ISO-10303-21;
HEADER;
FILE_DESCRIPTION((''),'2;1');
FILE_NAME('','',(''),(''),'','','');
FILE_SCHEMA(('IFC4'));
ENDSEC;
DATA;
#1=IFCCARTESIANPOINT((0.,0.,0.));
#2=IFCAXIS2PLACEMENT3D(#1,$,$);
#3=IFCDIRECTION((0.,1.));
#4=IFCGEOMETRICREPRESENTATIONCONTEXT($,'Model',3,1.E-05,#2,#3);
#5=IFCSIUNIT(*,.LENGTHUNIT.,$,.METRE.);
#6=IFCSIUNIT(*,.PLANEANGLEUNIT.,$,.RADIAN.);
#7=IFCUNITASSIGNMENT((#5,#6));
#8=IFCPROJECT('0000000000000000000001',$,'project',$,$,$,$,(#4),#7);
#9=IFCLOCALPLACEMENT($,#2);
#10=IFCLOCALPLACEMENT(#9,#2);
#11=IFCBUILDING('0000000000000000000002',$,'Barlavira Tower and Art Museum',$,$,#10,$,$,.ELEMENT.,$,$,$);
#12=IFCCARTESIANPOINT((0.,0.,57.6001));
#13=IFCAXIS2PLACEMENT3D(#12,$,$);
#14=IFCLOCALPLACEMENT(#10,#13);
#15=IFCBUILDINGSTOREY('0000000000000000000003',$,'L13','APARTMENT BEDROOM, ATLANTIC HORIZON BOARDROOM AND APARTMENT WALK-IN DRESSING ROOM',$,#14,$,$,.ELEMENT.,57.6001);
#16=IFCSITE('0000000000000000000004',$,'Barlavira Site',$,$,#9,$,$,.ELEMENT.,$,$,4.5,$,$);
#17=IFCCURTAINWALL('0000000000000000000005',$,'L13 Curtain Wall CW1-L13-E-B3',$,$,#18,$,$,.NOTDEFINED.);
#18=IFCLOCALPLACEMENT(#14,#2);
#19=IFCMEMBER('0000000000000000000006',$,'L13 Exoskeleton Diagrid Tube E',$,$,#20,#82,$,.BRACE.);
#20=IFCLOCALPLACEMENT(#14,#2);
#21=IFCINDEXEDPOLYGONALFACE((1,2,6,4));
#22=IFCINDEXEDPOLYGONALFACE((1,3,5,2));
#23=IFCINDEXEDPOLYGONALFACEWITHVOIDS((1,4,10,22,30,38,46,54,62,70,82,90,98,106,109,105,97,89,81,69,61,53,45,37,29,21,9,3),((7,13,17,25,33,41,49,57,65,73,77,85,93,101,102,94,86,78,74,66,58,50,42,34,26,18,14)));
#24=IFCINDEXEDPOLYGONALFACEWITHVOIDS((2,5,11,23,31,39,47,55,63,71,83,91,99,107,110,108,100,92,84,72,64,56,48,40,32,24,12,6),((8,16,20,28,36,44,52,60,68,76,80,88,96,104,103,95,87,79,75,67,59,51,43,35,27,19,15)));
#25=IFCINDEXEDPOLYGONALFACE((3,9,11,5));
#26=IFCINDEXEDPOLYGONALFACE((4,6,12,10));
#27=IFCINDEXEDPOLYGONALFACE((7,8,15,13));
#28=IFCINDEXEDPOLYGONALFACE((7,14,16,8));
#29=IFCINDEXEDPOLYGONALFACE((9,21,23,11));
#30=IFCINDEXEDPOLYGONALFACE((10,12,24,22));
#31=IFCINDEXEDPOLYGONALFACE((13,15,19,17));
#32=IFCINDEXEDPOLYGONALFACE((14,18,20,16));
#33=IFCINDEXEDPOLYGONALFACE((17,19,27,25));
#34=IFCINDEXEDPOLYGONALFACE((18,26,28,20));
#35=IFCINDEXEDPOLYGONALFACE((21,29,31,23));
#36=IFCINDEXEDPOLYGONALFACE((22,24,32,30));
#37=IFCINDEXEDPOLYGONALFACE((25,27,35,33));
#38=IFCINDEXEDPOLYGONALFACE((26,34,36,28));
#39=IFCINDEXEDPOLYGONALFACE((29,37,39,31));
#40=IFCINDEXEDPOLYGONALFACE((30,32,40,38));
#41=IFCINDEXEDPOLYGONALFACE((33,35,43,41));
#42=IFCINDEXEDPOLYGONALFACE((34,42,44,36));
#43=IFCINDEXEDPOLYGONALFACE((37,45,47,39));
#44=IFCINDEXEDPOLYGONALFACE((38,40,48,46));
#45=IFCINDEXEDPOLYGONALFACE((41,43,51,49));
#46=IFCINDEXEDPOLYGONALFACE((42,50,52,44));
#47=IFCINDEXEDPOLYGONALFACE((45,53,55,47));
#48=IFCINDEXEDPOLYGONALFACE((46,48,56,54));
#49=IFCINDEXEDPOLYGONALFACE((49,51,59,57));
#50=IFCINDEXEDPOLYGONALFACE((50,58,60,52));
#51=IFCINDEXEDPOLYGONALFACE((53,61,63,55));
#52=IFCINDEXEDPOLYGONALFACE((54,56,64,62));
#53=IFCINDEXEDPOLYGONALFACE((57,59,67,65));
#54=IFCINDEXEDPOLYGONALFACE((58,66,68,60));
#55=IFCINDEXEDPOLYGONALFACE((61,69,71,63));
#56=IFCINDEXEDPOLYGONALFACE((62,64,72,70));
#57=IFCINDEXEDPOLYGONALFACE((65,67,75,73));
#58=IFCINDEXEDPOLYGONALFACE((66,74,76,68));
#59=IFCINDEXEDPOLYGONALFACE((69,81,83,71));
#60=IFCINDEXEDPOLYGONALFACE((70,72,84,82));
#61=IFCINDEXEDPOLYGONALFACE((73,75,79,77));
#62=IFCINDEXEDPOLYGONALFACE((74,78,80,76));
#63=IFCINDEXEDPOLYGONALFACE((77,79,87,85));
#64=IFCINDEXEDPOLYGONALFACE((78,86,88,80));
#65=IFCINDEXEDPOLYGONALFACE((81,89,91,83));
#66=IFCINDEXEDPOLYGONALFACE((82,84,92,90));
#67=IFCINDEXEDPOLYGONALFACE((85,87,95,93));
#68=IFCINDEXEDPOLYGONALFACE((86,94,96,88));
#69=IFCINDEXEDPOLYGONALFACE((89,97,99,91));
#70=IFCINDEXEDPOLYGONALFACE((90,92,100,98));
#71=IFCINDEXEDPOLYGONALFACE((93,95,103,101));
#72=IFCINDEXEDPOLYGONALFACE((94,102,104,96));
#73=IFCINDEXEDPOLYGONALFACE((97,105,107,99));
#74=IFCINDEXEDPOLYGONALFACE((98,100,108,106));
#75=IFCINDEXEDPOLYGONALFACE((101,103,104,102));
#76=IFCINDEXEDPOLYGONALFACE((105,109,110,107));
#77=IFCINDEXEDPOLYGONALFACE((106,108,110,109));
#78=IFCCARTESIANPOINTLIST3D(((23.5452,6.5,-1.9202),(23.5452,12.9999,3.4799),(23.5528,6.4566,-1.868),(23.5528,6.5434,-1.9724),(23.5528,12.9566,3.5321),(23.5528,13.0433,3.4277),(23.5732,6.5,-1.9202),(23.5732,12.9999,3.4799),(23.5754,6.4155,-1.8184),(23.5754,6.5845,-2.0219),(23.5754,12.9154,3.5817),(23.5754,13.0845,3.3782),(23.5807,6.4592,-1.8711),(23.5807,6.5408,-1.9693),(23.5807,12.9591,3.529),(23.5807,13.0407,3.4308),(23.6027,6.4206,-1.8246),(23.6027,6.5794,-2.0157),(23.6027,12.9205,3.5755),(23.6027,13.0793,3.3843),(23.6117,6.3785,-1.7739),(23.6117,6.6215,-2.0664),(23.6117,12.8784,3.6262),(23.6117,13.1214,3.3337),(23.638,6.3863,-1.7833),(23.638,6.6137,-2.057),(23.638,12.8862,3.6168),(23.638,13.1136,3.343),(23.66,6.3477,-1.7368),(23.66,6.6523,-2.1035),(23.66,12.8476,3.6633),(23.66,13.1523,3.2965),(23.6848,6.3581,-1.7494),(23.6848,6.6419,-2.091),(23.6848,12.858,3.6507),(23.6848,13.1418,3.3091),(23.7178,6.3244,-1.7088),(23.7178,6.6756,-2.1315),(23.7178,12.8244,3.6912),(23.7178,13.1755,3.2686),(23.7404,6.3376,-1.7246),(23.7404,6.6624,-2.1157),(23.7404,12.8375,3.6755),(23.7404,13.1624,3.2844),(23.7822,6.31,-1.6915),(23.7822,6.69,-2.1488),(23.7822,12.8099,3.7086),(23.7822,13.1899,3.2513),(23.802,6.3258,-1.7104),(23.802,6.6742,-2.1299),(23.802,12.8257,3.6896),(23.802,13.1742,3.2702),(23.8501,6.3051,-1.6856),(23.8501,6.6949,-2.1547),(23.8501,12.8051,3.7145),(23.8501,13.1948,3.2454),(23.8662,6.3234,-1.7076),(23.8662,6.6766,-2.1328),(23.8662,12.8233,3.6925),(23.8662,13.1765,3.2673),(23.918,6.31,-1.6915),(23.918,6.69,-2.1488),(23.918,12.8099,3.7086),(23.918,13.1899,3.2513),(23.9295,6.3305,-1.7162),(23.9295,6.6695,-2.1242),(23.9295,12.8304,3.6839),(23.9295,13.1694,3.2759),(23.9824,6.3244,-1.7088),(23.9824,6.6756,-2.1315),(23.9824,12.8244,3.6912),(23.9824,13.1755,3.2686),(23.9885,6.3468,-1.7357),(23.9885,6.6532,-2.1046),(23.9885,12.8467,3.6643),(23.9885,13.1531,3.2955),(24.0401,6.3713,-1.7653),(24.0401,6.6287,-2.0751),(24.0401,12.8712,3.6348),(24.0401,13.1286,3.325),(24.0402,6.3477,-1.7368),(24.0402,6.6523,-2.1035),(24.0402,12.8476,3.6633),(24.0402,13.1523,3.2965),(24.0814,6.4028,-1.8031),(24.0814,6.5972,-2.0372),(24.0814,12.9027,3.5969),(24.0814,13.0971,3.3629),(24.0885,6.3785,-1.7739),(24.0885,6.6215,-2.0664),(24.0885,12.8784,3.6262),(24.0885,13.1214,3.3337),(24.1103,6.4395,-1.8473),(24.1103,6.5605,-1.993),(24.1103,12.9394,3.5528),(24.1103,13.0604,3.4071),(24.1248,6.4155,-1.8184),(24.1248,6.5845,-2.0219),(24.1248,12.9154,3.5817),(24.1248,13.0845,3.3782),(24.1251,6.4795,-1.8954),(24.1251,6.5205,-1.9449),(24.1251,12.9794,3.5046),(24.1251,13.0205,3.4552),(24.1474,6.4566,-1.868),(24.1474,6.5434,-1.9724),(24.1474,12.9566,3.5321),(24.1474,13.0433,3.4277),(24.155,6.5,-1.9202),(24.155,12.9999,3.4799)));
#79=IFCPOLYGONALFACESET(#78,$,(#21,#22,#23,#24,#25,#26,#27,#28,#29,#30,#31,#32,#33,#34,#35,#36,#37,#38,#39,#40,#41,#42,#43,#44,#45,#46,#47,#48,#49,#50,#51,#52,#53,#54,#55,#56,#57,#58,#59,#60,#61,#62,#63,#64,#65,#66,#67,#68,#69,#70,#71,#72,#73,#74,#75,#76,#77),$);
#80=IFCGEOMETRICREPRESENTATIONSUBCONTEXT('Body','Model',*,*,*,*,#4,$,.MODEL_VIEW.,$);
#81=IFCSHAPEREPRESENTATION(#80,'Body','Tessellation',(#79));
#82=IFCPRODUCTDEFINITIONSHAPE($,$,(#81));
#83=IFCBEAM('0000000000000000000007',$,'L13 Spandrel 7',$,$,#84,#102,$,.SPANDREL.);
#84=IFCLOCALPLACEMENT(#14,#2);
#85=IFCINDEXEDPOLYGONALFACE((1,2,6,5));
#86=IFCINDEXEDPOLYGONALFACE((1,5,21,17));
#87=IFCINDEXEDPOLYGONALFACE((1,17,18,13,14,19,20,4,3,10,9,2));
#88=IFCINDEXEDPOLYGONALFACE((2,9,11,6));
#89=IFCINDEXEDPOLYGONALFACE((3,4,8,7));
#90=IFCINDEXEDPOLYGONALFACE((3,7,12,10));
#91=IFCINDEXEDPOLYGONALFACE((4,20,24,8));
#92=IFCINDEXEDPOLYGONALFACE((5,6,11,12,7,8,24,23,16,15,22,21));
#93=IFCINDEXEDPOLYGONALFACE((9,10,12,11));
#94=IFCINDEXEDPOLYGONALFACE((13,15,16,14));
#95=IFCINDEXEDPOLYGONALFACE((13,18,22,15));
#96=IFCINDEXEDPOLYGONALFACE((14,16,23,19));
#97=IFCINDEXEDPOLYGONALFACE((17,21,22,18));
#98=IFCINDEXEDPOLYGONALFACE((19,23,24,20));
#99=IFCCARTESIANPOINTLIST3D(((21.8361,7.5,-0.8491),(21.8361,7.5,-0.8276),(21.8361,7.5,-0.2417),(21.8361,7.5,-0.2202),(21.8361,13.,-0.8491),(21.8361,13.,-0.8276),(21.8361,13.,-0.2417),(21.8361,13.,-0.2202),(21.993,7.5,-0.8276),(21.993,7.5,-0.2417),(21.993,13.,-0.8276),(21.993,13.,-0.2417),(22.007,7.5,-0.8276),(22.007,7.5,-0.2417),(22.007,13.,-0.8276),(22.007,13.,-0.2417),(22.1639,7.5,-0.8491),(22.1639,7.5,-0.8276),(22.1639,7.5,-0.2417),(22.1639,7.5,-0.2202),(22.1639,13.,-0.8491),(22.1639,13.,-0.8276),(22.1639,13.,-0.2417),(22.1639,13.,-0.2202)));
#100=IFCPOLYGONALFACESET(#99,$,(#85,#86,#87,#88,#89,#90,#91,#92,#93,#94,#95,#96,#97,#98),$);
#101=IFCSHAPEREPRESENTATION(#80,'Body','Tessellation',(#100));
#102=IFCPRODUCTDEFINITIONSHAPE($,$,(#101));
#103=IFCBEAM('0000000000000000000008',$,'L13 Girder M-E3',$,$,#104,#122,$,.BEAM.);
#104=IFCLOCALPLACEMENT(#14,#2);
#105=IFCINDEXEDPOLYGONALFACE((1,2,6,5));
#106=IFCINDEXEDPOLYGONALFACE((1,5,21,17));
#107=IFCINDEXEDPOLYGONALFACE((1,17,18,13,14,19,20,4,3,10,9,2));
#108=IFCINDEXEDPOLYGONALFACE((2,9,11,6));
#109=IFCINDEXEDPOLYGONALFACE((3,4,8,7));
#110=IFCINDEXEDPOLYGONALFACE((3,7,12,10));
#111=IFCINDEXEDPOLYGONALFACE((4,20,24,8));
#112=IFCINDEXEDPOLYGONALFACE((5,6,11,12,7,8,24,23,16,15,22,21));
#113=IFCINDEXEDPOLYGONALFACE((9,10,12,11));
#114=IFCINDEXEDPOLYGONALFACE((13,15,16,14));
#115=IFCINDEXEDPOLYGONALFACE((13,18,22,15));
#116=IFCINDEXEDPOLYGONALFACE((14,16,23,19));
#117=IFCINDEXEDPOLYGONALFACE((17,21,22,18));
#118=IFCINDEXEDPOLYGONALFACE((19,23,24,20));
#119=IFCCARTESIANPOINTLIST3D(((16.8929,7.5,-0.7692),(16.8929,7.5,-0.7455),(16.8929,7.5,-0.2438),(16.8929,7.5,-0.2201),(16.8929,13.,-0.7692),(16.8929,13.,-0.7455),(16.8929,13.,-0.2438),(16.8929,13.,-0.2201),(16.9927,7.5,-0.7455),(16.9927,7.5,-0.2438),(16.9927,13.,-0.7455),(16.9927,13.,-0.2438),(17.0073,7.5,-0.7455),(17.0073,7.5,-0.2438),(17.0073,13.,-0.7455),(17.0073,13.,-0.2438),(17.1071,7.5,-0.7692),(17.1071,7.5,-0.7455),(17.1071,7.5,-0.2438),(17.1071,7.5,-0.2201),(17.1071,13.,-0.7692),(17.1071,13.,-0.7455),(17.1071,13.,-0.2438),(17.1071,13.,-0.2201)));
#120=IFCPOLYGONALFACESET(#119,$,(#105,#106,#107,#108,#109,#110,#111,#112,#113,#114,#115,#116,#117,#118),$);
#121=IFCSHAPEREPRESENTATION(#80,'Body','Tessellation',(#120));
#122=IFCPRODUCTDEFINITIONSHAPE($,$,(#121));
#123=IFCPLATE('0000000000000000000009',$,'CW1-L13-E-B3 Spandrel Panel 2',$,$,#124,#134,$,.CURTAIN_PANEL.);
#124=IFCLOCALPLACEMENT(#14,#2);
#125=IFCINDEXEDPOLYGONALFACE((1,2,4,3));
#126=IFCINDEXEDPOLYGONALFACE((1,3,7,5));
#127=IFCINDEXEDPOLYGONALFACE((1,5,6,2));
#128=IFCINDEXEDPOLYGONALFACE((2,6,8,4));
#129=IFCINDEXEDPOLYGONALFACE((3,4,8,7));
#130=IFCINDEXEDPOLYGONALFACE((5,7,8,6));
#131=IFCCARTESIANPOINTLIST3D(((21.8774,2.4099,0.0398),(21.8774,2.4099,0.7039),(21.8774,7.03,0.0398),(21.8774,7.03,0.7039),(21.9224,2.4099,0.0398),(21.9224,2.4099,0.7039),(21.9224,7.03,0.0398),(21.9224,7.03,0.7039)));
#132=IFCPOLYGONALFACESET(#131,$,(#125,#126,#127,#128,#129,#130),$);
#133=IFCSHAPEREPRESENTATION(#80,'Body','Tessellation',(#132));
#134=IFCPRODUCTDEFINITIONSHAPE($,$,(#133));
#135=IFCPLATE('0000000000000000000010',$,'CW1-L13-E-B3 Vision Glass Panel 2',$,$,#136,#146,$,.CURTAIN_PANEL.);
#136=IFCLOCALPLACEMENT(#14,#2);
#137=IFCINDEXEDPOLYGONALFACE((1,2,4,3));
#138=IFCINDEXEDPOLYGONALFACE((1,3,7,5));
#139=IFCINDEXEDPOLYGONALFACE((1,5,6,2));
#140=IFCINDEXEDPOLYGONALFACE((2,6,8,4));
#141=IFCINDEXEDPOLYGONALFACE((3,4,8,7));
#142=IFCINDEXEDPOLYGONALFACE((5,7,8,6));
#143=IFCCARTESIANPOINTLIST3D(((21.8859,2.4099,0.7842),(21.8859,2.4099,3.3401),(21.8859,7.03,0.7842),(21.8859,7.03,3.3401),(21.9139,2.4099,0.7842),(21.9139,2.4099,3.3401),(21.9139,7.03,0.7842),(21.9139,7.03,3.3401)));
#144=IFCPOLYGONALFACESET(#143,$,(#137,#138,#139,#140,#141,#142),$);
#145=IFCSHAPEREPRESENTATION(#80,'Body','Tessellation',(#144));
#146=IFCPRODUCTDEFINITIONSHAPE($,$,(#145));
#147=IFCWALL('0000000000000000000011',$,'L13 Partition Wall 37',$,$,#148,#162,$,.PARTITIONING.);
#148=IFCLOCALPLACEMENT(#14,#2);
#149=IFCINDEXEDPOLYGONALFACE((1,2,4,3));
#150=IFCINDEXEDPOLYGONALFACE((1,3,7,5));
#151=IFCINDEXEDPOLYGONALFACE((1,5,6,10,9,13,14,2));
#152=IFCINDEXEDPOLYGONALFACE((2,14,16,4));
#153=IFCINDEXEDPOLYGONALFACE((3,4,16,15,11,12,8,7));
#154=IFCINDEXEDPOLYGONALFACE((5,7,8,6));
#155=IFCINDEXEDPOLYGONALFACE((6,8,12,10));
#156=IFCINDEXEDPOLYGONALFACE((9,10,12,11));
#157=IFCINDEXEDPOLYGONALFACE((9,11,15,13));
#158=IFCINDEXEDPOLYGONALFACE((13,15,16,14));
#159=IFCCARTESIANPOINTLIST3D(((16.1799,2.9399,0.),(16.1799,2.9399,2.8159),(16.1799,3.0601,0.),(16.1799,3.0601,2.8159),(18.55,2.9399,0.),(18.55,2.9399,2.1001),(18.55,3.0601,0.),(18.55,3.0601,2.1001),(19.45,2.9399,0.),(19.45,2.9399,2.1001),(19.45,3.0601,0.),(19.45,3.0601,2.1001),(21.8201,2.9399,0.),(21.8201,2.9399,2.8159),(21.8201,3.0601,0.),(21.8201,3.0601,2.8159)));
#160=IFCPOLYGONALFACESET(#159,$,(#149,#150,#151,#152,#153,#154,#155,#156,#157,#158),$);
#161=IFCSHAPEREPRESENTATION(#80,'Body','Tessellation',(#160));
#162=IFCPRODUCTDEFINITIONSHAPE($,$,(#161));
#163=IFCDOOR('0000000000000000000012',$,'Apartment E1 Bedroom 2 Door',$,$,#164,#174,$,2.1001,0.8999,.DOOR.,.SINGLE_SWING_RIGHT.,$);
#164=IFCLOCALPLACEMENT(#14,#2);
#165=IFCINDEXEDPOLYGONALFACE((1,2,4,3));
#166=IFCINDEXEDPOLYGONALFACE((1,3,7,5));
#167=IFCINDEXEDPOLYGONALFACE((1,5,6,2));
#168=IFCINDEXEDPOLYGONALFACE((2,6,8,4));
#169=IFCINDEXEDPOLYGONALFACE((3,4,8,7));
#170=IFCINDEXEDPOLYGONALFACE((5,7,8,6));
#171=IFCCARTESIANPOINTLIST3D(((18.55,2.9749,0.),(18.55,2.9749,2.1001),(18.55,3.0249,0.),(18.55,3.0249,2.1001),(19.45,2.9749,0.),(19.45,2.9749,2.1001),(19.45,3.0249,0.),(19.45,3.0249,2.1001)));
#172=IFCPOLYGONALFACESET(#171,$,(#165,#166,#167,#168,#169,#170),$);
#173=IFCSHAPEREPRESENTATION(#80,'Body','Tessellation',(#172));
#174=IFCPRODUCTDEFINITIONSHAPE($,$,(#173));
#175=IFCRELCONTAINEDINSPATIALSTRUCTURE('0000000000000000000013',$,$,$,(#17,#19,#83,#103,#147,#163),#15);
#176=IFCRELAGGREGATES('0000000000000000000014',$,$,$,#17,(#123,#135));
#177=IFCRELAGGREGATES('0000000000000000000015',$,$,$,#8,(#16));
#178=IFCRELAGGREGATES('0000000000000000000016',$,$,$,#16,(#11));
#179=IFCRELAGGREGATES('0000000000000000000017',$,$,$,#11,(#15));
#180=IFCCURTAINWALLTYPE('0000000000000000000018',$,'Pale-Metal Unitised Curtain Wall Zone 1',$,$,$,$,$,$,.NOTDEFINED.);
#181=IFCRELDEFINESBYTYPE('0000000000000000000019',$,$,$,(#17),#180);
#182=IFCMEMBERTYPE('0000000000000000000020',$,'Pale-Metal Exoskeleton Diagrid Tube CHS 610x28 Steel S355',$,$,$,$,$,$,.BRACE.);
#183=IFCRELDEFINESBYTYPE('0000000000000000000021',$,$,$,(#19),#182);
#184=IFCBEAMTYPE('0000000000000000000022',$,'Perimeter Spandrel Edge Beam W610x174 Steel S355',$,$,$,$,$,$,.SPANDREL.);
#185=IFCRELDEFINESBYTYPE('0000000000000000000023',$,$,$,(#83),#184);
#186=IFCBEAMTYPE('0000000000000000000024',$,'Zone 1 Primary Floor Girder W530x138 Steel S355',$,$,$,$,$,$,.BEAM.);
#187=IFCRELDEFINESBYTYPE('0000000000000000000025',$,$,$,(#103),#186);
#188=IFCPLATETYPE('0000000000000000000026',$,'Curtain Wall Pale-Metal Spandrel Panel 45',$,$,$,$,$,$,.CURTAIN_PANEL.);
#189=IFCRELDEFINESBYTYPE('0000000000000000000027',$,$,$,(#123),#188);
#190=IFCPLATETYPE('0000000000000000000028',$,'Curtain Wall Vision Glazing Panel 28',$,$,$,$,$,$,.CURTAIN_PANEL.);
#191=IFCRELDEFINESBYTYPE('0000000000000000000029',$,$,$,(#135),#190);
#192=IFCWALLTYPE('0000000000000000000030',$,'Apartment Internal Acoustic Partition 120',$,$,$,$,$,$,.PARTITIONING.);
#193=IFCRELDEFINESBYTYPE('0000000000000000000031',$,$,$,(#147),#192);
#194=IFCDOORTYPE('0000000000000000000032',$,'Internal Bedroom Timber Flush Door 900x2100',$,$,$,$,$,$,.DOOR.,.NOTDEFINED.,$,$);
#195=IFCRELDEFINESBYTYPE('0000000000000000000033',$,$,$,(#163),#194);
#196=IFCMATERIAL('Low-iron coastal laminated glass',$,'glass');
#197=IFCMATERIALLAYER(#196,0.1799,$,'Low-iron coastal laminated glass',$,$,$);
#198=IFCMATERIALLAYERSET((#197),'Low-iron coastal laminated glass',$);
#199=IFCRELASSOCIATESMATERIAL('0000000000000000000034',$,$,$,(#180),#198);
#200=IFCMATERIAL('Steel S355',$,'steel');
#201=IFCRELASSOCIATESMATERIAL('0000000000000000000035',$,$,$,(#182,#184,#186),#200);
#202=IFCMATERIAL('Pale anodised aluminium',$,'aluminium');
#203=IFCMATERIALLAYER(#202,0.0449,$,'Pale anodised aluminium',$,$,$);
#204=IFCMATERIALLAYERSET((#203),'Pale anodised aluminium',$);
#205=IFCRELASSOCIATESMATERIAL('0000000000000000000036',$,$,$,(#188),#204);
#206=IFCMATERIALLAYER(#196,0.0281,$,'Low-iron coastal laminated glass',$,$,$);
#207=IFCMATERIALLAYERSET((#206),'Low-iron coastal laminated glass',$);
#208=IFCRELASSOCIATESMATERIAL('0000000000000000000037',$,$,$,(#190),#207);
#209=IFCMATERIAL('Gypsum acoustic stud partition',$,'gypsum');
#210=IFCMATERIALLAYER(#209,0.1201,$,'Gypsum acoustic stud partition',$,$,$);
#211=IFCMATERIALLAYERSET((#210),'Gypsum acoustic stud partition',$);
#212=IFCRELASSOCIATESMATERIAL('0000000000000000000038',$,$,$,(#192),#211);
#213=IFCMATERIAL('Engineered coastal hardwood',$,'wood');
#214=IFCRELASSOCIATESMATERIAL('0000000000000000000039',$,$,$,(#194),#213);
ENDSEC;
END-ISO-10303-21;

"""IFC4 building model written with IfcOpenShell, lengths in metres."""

from ifc_helpers import new_model, si_unit, direction, frame, frame_2d, origin, origin_2d, place, context, subcontext, project, spatial, rectangle, hollow_circle, i_section, extrude, material, layer, layer_set, material_profile, profile_set, type_object, element, fill, aggregate, save


model = new_model("IFC4")

# Units and contexts
model_context = context("Model", 3, precision=1e-05, world=origin(), true_north=direction((0.0, 1.0)))
body_context = subcontext(model_context, "Body", "Model", "MODEL_VIEW")
ifc_project = project(units=[si_unit("LENGTHUNIT", "METRE"), si_unit("PLANEANGLEUNIT", "RADIAN")], contexts=[model_context])

# Site, building, storey
site_placement = place(None, origin())
site = spatial("IfcSite", under=ifc_project, at=site_placement, Name="Barlavira Site", CompositionType="ELEMENT", RefElevation=4.5)
building_placement = place(site_placement, origin())
building = spatial("IfcBuilding", under=site, at=building_placement, Name="Barlavira Tower and Art Museum", CompositionType="ELEMENT")
storey_placement = place(building_placement, frame((0.0, 0.0, 57.6001)))
storey = spatial("IfcBuildingStorey", under=building, at=storey_placement, Name="L13", Description="APARTMENT BEDROOM, ATLANTIC HORIZON BOARDROOM AND APARTMENT WALK-IN DRESSING ROOM", CompositionType="ELEMENT", Elevation=57.6001)

# Curtain wall
ifc_material_1 = material(Name="Low-iron coastal laminated glass", Category="glass")
ifc_layer_1 = layer(ifc_material_1, 0.1799, Name="Low-iron coastal laminated glass")
ifc_layer_set_1 = layer_set([ifc_layer_1], Name="Low-iron coastal laminated glass")
curtain_wall_type = type_object("IfcCurtainWallType", Name="Pale-Metal Unitised Curtain Wall Zone 1", PredefinedType="NOTDEFINED", material=ifc_layer_set_1)
curtain_wall_placement = place(storey_placement, origin())
curtain_wall = element("IfcCurtainWall", 1, at=curtain_wall_placement, inside=storey, type_object=curtain_wall_type, Name="L13 Curtain Wall CW1-L13-E-B3", PredefinedType="NOTDEFINED")
ifc_material_2 = material(Name="Pale anodised aluminium", Category="aluminium")

# Member
ifc_material_3 = material(Name="Steel S355", Category="steel")
ifc_material_profile_1 = material_profile(ifc_material_3, hollow_circle(Radius=0.3049, WallThickness=0.0281, at=origin_2d()), Name="CHS 610.0x28.0")
ifc_profile_set_1 = profile_set([ifc_material_profile_1], Name="Steel S355")
member_type_1 = type_object("IfcMemberType", Name="Pale-Metal Exoskeleton Diagrid Tube CHS 610x28 Steel S355", PredefinedType="BRACE", material=ifc_profile_set_1)
for number, where, z_axis, x_axis, name in (
    (2, (23.8501, 6.5, -1.9202), (0.0, 0.769182, 0.63903), (-1.0, 0.0, 0.0), "L13 Exoskeleton Diagrid Tube E"),
):
    element("IfcMember", number, at=place(storey_placement, frame(where, z_axis=z_axis, x_axis=x_axis)), inside=storey, type_object=member_type_1, Name=name, PredefinedType="BRACE", context=body_context, shape_type="SweptSolid", body=[
        extrude(hollow_circle(Radius=0.3049, WallThickness=0.0281, at=origin_2d()), origin(), (0.0, 0.0, 1.0), 8.4504),
    ])

# Beams
ifc_material_profile_2 = material_profile(ifc_material_3, i_section(OverallWidth=0.3279, OverallDepth=0.6289, WebThickness=0.0139, FlangeThickness=0.0215, at=origin_2d()), Name="W610x174.0")
ifc_profile_set_2 = profile_set([ifc_material_profile_2], Name="Steel S355")
beam_type_1 = type_object("IfcBeamType", Name="Perimeter Spandrel Edge Beam W610x174 Steel S355", PredefinedType="SPANDREL", material=ifc_profile_set_2)
beam_1_placement = place(storey_placement, frame((22.0, 7.5, -0.5347), z_axis=(0.0, 1.0, 0.0), x_axis=(-1.0, 0.0, 0.0)))
element("IfcBeam", 3, at=beam_1_placement, inside=storey, type_object=beam_type_1, Name="L13 Spandrel 7", PredefinedType="SPANDREL", context=body_context, shape_type="SweptSolid", body=[
    extrude(i_section(OverallWidth=0.3279, OverallDepth=0.6289, WebThickness=0.0139, FlangeThickness=0.0215, at=origin_2d()), origin(), (0.0, 0.0, 1.0), 5.5),
])
ifc_material_profile_3 = material_profile(ifc_material_3, i_section(OverallWidth=0.2141, OverallDepth=0.5491, WebThickness=0.0146, FlangeThickness=0.0237, at=origin_2d()), Name="W530x138.0")
ifc_profile_set_3 = profile_set([ifc_material_profile_3], Name="Steel S355")
beam_type_2 = type_object("IfcBeamType", Name="Zone 1 Primary Floor Girder W530x138 Steel S355", PredefinedType="BEAM", material=ifc_profile_set_3)
beam_2_placement = place(storey_placement, frame((17.0, 7.5, -0.4946), z_axis=(0.0, 1.0, 0.0), x_axis=(-1.0, 0.0, 0.0)))
element("IfcBeam", 4, at=beam_2_placement, inside=storey, type_object=beam_type_2, Name="L13 Girder M-E3", PredefinedType="BEAM", context=body_context, shape_type="SweptSolid", body=[
    extrude(i_section(OverallWidth=0.2141, OverallDepth=0.5491, WebThickness=0.0146, FlangeThickness=0.0237, at=origin_2d()), origin(), (0.0, 0.0, 1.0), 5.5),
])

# Plates
ifc_layer_2 = layer(ifc_material_2, 0.0449, Name="Pale anodised aluminium")
ifc_layer_set_2 = layer_set([ifc_layer_2], Name="Pale anodised aluminium")
plate_type_1 = type_object("IfcPlateType", Name="Curtain Wall Pale-Metal Spandrel Panel 45", PredefinedType="CURTAIN_PANEL", material=ifc_layer_set_2)
plate_1_placement = place(storey_placement, frame((21.8999, 4.72, 0.0398), z_axis=(0.0, 0.0, 1.0), x_axis=(0.0, 1.0, 0.0)))
plate_1 = element("IfcPlate", 5, at=plate_1_placement, type_object=plate_type_1, Name="CW1-L13-E-B3 Spandrel Panel 2", PredefinedType="CURTAIN_PANEL", context=body_context, shape_type="SweptSolid", body=[
    extrude(rectangle(XDim=4.6201, YDim=0.0449, at=origin_2d()), origin(), (0.0, 0.0, 1.0), 0.6641),
])
ifc_layer_3 = layer(ifc_material_1, 0.0281, Name="Low-iron coastal laminated glass")
ifc_layer_set_3 = layer_set([ifc_layer_3], Name="Low-iron coastal laminated glass")
plate_type_2 = type_object("IfcPlateType", Name="Curtain Wall Vision Glazing Panel 28", PredefinedType="CURTAIN_PANEL", material=ifc_layer_set_3)
plate_2_placement = place(storey_placement, frame((21.8999, 4.72, 0.7842), z_axis=(0.0, 0.0, 1.0), x_axis=(0.0, 1.0, 0.0)))
plate_2 = element("IfcPlate", 6, at=plate_2_placement, type_object=plate_type_2, Name="CW1-L13-E-B3 Vision Glass Panel 2", PredefinedType="CURTAIN_PANEL", context=body_context, shape_type="SweptSolid", body=[
    extrude(rectangle(XDim=4.6201, YDim=0.0281, at=origin_2d()), origin(), (0.0, 0.0, 1.0), 2.5559),
])
aggregate(curtain_wall, [plate_1, plate_2])

# Wall, opening, door
ifc_material_4 = material(Name="Gypsum acoustic stud partition", Category="gypsum")
ifc_layer_4 = layer(ifc_material_4, 0.1201, Name="Gypsum acoustic stud partition")
ifc_layer_set_4 = layer_set([ifc_layer_4], Name="Gypsum acoustic stud partition")
wall_type_1 = type_object("IfcWallType", Name="Apartment Internal Acoustic Partition 120", PredefinedType="PARTITIONING", material=ifc_layer_set_4)
wall_1_placement = place(storey_placement, frame((16.1799, 3.0, 0.0), z_axis=(0.0, 0.0, 1.0), x_axis=(1.0, 0.0, 0.0)))
wall_1 = element("IfcWall", 7, at=wall_1_placement, inside=storey, type_object=wall_type_1, Name="L13 Partition Wall 37", PredefinedType="PARTITIONING", context=body_context, shape_type="SweptSolid", body=[
    extrude(rectangle(XDim=5.6401, YDim=0.1201, at=frame_2d((2.8201, 0.0))), origin(), (0.0, 0.0, 1.0), 2.8159),
])
opening_1_placement = place(wall_1_placement, frame((2.3701, 0.0, 0.0)))
opening_1 = element("IfcOpeningElement", 8, at=opening_1_placement, cuts=wall_1, PredefinedType="OPENING", context=body_context, shape_type="SweptSolid", body=[
    extrude(rectangle(XDim=0.8999, YDim=2.1001, at=frame_2d((0.45, 1.05))), frame((0.0, 0.0701, 0.0), z_axis=(0.0, -1.0, 0.0), x_axis=(1.0, 0.0, 0.0)), (0.0, 0.0, 1.0), 0.1401),
])
ifc_material_5 = material(Name="Engineered coastal hardwood", Category="wood")
door_type_1 = type_object("IfcDoorType", Name="Internal Bedroom Timber Flush Door 900x2100", OperationType="NOTDEFINED", PredefinedType="DOOR", material=ifc_material_5)
door_1_placement = place(opening_1_placement, origin())
door_1 = element("IfcDoor", 9, at=door_1_placement, inside=storey, type_object=door_type_1, Name="Apartment E1 Bedroom 2 Door", OperationType="SINGLE_SWING_RIGHT", OverallHeight=2.1001, OverallWidth=0.8999, PredefinedType="DOOR", context=body_context, shape_type="SweptSolid", body=[
    extrude(rectangle(XDim=0.8999, YDim=2.1001, at=frame_2d((0.45, 1.05))), frame((0.0, 0.0249, 0.0), z_axis=(0.0, -1.0, 0.0), x_axis=(1.0, 0.0, 0.0)), (0.0, 0.0, 1.0), 0.05),
])
fill(opening_1, door_1)

save(model, "model.ifc")
